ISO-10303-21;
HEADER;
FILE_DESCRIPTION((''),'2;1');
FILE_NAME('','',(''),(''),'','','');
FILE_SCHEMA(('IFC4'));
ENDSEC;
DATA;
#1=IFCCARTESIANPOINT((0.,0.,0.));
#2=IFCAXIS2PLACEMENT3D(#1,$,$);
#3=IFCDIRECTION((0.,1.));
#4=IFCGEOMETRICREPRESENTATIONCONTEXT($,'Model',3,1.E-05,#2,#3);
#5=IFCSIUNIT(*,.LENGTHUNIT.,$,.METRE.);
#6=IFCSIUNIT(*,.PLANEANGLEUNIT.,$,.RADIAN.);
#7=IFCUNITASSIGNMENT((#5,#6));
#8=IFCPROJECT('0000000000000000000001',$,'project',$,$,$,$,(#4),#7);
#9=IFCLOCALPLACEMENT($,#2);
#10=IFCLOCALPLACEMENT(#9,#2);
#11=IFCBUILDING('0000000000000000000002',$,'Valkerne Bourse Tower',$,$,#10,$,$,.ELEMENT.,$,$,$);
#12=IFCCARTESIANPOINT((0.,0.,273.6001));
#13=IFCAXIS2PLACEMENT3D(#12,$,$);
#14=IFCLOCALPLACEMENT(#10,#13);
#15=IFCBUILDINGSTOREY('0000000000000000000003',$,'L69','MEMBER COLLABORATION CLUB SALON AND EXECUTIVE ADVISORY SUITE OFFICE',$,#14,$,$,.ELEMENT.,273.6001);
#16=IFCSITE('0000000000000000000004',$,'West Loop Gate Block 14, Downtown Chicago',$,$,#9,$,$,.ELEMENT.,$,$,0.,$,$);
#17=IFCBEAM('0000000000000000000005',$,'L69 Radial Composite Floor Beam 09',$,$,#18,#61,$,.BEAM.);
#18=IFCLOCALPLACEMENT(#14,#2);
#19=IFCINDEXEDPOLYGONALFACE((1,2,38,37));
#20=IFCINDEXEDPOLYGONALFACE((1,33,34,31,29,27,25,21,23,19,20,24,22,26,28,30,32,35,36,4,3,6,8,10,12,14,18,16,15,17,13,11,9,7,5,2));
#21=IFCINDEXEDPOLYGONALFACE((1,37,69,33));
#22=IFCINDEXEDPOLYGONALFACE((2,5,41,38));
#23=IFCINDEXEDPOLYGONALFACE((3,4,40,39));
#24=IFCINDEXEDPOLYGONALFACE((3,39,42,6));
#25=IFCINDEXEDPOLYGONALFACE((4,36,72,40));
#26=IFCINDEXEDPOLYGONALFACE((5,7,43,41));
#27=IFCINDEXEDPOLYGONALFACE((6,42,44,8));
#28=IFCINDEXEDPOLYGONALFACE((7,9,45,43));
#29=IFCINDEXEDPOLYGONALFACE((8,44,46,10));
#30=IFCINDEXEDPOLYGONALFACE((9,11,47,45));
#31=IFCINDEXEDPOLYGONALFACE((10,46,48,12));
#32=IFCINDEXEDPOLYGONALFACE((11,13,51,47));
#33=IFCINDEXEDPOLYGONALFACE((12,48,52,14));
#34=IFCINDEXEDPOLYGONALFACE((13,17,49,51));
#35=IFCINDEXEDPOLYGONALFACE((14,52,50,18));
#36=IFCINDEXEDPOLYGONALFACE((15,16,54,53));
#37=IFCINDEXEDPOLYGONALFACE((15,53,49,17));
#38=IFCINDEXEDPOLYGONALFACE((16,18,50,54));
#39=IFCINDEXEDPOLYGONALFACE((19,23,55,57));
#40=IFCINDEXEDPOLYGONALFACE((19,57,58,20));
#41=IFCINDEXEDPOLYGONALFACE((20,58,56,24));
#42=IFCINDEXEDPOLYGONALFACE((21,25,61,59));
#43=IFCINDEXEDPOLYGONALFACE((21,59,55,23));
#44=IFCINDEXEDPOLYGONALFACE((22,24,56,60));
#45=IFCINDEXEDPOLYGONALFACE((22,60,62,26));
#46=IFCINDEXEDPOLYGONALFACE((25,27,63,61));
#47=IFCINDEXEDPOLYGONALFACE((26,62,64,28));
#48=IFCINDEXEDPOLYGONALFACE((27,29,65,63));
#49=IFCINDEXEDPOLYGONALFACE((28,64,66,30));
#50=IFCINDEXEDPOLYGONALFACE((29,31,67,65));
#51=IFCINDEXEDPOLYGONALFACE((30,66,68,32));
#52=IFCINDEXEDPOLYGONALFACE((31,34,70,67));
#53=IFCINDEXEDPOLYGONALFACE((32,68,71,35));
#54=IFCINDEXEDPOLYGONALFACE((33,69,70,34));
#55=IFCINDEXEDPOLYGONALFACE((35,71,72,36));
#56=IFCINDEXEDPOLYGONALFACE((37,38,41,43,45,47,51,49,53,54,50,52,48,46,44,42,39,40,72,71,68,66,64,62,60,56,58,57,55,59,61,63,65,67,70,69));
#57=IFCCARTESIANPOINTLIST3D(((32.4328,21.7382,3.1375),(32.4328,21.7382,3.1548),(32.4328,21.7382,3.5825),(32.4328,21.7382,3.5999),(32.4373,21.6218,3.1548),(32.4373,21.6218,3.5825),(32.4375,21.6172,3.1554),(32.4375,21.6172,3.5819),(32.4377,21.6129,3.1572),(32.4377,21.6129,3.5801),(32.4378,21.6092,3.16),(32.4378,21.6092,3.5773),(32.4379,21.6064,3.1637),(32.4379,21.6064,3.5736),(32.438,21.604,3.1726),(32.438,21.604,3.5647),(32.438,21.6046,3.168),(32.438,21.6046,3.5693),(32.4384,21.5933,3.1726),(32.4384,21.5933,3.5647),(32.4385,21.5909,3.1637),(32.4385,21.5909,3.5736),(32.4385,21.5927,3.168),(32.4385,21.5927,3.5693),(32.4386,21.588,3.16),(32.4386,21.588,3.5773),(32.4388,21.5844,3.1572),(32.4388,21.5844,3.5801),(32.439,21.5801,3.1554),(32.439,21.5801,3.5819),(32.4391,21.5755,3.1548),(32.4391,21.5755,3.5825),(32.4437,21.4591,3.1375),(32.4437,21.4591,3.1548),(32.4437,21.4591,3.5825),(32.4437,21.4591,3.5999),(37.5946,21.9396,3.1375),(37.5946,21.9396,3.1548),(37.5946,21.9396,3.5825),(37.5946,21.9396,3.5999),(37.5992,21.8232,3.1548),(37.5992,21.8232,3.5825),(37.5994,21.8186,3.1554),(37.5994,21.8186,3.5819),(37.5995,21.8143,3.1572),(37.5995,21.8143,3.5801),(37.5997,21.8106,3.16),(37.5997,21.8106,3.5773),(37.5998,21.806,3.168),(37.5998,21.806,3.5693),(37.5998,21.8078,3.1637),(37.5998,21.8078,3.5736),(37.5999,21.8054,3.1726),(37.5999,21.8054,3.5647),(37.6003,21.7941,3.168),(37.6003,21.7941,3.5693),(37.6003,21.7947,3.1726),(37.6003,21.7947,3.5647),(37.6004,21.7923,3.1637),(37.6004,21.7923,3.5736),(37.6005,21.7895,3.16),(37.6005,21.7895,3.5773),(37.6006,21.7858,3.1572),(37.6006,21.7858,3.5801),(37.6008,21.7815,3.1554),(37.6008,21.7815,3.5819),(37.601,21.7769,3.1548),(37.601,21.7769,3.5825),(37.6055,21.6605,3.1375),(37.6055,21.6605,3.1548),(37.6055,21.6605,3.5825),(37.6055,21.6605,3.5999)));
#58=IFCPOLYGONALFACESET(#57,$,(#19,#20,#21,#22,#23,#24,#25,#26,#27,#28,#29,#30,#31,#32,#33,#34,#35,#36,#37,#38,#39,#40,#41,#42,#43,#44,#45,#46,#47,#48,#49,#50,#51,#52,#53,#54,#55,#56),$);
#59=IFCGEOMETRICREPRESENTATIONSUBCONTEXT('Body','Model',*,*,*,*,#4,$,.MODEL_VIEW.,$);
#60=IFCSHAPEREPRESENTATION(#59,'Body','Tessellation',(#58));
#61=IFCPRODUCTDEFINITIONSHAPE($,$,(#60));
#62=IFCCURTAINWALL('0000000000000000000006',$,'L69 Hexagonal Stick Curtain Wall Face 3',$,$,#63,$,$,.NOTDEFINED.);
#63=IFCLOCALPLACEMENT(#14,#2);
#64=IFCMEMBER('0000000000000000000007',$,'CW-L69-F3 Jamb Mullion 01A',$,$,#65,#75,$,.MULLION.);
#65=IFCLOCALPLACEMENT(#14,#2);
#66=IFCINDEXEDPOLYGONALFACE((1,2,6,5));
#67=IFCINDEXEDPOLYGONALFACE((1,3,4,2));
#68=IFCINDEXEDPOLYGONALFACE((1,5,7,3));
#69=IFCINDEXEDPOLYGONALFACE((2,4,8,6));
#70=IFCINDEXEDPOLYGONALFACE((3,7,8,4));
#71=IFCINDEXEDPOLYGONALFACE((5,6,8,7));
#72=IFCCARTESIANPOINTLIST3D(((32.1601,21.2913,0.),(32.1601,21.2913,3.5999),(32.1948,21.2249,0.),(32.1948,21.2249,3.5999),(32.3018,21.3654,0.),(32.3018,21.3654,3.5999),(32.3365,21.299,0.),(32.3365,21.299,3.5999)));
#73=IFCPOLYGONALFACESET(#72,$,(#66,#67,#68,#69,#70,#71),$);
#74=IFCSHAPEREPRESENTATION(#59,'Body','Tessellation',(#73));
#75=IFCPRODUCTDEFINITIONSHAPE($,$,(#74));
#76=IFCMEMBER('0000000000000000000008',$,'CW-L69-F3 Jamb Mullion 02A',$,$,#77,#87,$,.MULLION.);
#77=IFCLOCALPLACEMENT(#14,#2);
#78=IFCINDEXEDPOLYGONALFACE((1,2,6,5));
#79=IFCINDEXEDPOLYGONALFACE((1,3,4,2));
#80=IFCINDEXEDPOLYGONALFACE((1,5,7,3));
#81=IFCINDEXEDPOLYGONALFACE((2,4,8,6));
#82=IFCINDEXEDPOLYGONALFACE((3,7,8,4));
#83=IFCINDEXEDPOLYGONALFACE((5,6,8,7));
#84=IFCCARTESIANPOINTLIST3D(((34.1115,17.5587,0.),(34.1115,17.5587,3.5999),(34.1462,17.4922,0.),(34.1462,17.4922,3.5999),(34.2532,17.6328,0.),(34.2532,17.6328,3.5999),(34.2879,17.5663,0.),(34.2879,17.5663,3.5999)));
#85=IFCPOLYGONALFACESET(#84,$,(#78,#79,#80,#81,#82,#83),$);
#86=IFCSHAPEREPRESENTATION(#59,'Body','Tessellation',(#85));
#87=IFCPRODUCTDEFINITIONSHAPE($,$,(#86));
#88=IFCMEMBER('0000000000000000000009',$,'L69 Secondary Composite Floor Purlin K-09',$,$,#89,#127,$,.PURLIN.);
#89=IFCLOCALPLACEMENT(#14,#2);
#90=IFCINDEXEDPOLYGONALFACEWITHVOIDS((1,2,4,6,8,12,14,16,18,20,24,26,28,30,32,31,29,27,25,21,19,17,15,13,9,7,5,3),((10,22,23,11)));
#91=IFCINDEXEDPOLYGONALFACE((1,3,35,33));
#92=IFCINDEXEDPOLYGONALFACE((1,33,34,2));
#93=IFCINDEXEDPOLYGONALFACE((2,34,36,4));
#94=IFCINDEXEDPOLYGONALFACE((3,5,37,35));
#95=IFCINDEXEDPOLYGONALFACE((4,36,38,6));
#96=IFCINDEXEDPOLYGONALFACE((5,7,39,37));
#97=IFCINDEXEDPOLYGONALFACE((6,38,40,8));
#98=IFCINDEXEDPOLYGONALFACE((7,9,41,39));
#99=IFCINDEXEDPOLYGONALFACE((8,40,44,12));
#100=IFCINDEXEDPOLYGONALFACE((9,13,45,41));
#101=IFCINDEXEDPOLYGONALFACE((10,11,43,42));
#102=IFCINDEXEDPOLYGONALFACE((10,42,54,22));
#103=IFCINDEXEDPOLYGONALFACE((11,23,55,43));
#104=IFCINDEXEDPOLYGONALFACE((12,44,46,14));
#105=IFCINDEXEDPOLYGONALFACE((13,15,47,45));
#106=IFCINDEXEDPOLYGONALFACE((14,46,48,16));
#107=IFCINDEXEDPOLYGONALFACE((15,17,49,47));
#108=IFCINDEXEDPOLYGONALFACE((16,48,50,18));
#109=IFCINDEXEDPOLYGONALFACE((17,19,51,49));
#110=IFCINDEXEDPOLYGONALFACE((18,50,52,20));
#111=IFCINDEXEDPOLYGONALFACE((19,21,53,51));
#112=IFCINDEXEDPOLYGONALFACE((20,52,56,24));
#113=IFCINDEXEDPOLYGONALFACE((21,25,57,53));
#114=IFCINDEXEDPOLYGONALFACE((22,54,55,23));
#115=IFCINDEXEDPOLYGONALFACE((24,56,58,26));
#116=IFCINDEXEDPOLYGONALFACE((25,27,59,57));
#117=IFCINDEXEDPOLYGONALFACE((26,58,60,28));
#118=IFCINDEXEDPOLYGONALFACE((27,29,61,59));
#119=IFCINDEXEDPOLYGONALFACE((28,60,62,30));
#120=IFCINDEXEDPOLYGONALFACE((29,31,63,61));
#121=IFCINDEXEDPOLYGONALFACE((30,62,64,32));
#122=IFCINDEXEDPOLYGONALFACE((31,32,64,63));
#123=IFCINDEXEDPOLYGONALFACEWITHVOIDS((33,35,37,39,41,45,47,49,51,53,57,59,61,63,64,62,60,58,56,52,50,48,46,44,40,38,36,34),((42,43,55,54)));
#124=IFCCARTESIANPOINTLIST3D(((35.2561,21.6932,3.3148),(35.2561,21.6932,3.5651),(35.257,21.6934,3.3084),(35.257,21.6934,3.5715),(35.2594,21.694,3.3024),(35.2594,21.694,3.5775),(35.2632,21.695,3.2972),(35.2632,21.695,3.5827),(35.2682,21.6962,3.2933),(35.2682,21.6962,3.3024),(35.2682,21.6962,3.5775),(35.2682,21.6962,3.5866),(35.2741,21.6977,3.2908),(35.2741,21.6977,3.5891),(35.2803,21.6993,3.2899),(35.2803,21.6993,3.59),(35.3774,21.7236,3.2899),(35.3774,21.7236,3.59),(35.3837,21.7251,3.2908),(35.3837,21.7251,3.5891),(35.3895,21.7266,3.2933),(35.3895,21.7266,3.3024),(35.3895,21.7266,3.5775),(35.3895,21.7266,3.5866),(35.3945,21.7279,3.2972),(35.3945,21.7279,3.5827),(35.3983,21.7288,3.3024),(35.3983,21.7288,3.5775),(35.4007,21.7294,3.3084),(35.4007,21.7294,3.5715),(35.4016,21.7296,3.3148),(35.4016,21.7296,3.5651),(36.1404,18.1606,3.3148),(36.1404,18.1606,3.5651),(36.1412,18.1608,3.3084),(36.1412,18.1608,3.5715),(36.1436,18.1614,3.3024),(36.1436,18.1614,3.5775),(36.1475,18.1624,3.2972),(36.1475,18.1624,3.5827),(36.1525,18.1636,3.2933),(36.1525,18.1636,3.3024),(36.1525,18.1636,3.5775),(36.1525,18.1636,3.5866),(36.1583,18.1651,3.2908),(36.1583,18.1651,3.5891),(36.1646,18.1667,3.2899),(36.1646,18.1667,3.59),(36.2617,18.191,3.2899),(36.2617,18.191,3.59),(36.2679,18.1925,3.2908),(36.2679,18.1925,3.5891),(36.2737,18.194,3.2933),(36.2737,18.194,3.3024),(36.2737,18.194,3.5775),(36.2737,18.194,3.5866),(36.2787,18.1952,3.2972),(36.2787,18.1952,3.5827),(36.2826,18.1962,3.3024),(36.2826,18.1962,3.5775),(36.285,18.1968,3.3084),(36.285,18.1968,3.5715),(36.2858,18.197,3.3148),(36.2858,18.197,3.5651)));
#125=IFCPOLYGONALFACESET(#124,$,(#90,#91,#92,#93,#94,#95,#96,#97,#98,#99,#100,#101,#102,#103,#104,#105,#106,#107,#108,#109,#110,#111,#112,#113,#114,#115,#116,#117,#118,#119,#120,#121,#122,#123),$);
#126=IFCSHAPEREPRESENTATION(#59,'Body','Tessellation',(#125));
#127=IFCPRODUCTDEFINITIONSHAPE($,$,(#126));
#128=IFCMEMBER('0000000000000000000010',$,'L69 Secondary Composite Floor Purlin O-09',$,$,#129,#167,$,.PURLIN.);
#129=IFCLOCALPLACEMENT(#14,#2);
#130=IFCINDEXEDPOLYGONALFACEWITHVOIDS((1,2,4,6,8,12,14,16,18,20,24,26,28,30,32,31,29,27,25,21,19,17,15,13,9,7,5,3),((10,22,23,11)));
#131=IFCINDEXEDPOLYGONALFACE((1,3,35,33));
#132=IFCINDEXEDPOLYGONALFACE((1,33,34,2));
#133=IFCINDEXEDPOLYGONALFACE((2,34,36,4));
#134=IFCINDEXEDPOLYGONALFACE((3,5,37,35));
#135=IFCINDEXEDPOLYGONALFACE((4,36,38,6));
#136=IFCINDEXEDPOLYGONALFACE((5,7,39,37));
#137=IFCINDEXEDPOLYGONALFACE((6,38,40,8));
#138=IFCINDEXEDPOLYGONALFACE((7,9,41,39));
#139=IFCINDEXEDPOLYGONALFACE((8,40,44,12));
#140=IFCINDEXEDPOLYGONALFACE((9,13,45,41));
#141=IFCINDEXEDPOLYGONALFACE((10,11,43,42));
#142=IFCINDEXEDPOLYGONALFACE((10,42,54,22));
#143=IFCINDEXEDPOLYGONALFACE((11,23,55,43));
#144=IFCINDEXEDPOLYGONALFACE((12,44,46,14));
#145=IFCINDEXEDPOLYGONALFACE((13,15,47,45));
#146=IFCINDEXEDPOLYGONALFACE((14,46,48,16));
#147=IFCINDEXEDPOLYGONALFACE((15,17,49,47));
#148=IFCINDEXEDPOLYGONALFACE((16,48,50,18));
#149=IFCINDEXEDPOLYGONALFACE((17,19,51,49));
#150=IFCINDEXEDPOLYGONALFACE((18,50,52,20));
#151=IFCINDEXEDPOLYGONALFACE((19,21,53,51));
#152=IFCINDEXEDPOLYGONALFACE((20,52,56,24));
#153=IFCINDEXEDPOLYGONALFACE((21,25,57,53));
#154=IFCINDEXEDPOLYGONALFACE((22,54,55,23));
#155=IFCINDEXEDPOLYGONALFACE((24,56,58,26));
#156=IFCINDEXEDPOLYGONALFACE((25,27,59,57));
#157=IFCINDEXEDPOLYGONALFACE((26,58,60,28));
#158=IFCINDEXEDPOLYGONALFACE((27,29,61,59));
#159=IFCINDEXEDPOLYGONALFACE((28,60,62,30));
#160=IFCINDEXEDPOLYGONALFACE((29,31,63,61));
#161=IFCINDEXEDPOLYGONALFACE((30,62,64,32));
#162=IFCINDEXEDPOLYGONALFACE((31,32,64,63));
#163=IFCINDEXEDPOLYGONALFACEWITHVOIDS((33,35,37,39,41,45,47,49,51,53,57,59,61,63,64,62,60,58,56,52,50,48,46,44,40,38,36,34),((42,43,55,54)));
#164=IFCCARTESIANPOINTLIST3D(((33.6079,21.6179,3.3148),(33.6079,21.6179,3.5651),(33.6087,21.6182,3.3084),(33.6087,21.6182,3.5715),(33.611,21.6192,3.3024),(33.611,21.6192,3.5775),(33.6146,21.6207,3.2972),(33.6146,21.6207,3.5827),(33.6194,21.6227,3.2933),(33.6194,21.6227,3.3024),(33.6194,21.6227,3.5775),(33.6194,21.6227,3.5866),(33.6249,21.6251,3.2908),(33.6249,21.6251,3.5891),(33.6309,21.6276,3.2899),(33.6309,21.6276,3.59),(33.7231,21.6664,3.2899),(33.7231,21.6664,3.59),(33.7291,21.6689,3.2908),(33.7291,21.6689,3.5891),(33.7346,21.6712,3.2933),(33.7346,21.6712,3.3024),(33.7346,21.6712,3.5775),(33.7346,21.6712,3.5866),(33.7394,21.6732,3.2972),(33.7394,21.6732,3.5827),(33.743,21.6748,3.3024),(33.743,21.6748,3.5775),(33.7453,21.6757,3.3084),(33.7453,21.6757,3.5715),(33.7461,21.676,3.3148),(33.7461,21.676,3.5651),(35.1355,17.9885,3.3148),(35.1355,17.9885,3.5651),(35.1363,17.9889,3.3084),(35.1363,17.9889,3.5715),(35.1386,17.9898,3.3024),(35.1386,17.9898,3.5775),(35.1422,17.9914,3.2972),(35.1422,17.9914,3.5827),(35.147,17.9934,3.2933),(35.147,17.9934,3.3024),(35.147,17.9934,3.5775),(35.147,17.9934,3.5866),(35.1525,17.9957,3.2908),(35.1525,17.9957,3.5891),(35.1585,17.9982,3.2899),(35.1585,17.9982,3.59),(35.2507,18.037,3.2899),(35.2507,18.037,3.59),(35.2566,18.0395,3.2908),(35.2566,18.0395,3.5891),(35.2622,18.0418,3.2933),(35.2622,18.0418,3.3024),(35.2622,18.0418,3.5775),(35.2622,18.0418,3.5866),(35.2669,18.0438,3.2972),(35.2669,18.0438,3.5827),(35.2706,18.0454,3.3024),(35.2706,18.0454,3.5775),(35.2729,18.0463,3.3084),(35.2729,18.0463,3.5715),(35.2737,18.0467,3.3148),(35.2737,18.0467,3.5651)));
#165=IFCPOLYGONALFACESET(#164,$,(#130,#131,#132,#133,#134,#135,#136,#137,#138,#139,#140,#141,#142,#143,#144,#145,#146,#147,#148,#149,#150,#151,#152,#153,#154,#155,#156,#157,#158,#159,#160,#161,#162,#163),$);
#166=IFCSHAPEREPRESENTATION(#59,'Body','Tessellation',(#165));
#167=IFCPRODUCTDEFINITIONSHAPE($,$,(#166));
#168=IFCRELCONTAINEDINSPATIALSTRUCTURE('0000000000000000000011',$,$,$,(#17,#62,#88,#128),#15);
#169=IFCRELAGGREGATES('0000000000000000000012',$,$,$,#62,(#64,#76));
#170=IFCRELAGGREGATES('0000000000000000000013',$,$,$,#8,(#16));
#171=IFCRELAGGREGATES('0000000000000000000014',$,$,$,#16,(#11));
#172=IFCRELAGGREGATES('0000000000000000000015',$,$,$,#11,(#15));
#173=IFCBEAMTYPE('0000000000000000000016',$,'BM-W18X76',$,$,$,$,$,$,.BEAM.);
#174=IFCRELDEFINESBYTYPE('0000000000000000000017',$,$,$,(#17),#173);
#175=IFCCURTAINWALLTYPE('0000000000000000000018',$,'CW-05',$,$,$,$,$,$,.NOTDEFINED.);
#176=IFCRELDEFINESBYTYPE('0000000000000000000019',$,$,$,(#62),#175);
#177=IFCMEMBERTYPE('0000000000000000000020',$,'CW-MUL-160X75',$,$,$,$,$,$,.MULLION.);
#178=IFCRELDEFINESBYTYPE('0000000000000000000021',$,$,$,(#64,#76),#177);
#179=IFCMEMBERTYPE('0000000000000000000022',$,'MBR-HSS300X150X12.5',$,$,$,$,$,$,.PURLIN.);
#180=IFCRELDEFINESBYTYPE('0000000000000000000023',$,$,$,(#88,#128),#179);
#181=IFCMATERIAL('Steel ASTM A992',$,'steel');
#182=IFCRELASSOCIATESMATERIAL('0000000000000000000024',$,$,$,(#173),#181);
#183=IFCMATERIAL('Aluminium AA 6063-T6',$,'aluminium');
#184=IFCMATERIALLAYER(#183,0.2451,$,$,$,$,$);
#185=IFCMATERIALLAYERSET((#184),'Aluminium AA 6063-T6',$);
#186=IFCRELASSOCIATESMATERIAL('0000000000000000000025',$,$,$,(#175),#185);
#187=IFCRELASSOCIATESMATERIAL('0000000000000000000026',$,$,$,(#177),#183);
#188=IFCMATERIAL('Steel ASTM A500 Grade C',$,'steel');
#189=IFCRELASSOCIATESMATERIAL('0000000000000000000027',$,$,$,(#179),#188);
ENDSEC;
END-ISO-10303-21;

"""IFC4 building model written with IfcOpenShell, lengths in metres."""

from ifc_helpers import new_model, si_unit, direction, frame, origin, origin_2d, place, context, subcontext, project, spatial, rectangle, hollow_rectangle, i_section, extrude, material, layer, layer_set, material_profile, profile_set, type_object, element, aggregate, save


model = new_model("IFC4")

# Units and contexts
model_context = context("Model", 3, precision=1e-05, world=origin(), true_north=direction((0.0, 1.0)))
body_context = subcontext(model_context, "Body", "Model", "MODEL_VIEW")
ifc_project = project(units=[si_unit("LENGTHUNIT", "METRE"), si_unit("PLANEANGLEUNIT", "RADIAN")], contexts=[model_context])

# Site, building, storey
site_placement = place(None, origin())
site = spatial("IfcSite", under=ifc_project, at=site_placement, Name="West Loop Gate Block 14, Downtown Chicago", CompositionType="ELEMENT", RefElevation=0.0)
building_placement = place(site_placement, origin())
building = spatial("IfcBuilding", under=site, at=building_placement, Name="Valkerne Bourse Tower", CompositionType="ELEMENT")
storey_placement = place(building_placement, frame((0.0, 0.0, 273.6001)))
storey = spatial("IfcBuildingStorey", under=building, at=storey_placement, Name="L69", Description="MEMBER COLLABORATION CLUB SALON AND EXECUTIVE ADVISORY SUITE OFFICE", CompositionType="ELEMENT", Elevation=273.6001)

# Beam
ifc_material_1 = material(Name="Steel ASTM A992", Category="steel")
ifc_material_profile_1 = material_profile(ifc_material_1, i_section(OverallWidth=0.2793, OverallDepth=0.4624, WebThickness=0.0107, FlangeThickness=0.0173, FilletRadius=0.0178, at=origin_2d()), Name="W18X76")
ifc_profile_set_1 = profile_set([ifc_material_profile_1], Name="Steel ASTM A992")
beam_type_1 = type_object("IfcBeamType", Name="BM-W18X76", PredefinedType="BEAM", material=ifc_profile_set_1)
beam_1_placement = place(storey_placement, frame((32.4382, 21.5986, 3.3687), z_axis=(0.99924, 0.03899, 0.0), x_axis=(-0.03899, 0.99924, 0.0)))
element("IfcBeam", 1, at=beam_1_placement, inside=storey, type_object=beam_type_1, Name="L69 Radial Composite Floor Beam 09", PredefinedType="BEAM", context=body_context, shape_type="SweptSolid", body=[
    extrude(i_section(OverallWidth=0.2793, OverallDepth=0.4624, WebThickness=0.0107, FlangeThickness=0.0173, FilletRadius=0.0178, at=origin_2d()), origin(), (0.0, 0.0, 1.0), 5.1658),
])

# Curtain wall, members
ifc_material_2 = material(Name="Aluminium AA 6063-T6", Category="aluminium")
ifc_layer_1 = layer(ifc_material_2, 0.2451)
ifc_layer_set_1 = layer_set([ifc_layer_1], Name="Aluminium AA 6063-T6")
curtain_wall_type = type_object("IfcCurtainWallType", Name="CW-05", PredefinedType="NOTDEFINED", material=ifc_layer_set_1)
curtain_wall_placement = place(storey_placement, origin())
curtain_wall = element("IfcCurtainWall", 2, at=curtain_wall_placement, inside=storey, type_object=curtain_wall_type, Name="L69 Hexagonal Stick Curtain Wall Face 3", PredefinedType="NOTDEFINED")
ifc_material_profile_2 = material_profile(ifc_material_2, rectangle(XDim=0.075, YDim=0.1599, at=origin_2d()), Name="CWM-75X160")
ifc_profile_set_2 = profile_set([ifc_material_profile_2], Name="Aluminium AA 6063-T6")
member_type_1 = type_object("IfcMemberType", Name="CW-MUL-160X75", PredefinedType="MULLION", material=ifc_profile_set_2)
member_1_placement = place(storey_placement, frame((32.2483, 21.2952, 0.0), z_axis=(0.0, 0.0, 1.0), x_axis=(0.463294, -0.886204, 0.0)))
member_1 = element("IfcMember", 3, at=member_1_placement, type_object=member_type_1, Name="CW-L69-F3 Jamb Mullion 01A", PredefinedType="MULLION", context=body_context, shape_type="SweptSolid", body=[
    extrude(rectangle(XDim=0.075, YDim=0.1599, at=origin_2d()), origin(), (0.0, 0.0, 1.0), 3.5999),
])
member_2_placement = place(storey_placement, frame((34.1997, 17.5625, 0.0), z_axis=(0.0, 0.0, 1.0), x_axis=(0.463294, -0.886204, 0.0)))
member_2 = element("IfcMember", 4, at=member_2_placement, type_object=member_type_1, Name="CW-L69-F3 Jamb Mullion 02A", PredefinedType="MULLION", context=body_context, shape_type="SweptSolid", body=[
    extrude(rectangle(XDim=0.075, YDim=0.1599, at=origin_2d()), origin(), (0.0, 0.0, 1.0), 3.5999),
])

# Members
ifc_material_3 = material(Name="Steel ASTM A500 Grade C", Category="steel")
ifc_material_profile_3 = material_profile(ifc_material_3, hollow_rectangle(XDim=0.1499, YDim=0.3, WallThickness=0.0125, OuterFilletRadius=0.0249, at=origin_2d()), Name="HSS300X150X12.5")
ifc_profile_set_3 = profile_set([ifc_material_profile_3], Name="Steel ASTM A500 Grade C")
member_type_2 = type_object("IfcMemberType", Name="MBR-HSS300X150X12.5", PredefinedType="PURLIN", material=ifc_profile_set_3)
member_3_placement = place(storey_placement, frame((35.3289, 21.7114, 3.4399), z_axis=(0.24282, -0.970071, 0.0), x_axis=(0.970071, 0.24282, 0.0)))
element("IfcMember", 5, at=member_3_placement, inside=storey, type_object=member_type_2, Name="L69 Secondary Composite Floor Purlin K-09", PredefinedType="PURLIN", context=body_context, shape_type="SweptSolid", body=[
    extrude(hollow_rectangle(XDim=0.1499, YDim=0.3, WallThickness=0.0125, OuterFilletRadius=0.0249, at=origin_2d()), origin(), (0.0, 0.0, 1.0), 3.6416),
])
member_4_placement = place(storey_placement, frame((33.677, 21.647, 3.4399), z_axis=(0.387932, -0.921688, 0.0), x_axis=(0.921688, 0.387932, 0.0)))
element("IfcMember", 6, at=member_4_placement, inside=storey, type_object=member_type_2, Name="L69 Secondary Composite Floor Purlin O-09", PredefinedType="PURLIN", context=body_context, shape_type="SweptSolid", body=[
    extrude(hollow_rectangle(XDim=0.1499, YDim=0.3, WallThickness=0.0125, OuterFilletRadius=0.0249, at=origin_2d()), origin(), (0.0, 0.0, 1.0), 3.9377),
])

aggregate(curtain_wall, [member_1, member_2])

save(model, "model.ifc")
